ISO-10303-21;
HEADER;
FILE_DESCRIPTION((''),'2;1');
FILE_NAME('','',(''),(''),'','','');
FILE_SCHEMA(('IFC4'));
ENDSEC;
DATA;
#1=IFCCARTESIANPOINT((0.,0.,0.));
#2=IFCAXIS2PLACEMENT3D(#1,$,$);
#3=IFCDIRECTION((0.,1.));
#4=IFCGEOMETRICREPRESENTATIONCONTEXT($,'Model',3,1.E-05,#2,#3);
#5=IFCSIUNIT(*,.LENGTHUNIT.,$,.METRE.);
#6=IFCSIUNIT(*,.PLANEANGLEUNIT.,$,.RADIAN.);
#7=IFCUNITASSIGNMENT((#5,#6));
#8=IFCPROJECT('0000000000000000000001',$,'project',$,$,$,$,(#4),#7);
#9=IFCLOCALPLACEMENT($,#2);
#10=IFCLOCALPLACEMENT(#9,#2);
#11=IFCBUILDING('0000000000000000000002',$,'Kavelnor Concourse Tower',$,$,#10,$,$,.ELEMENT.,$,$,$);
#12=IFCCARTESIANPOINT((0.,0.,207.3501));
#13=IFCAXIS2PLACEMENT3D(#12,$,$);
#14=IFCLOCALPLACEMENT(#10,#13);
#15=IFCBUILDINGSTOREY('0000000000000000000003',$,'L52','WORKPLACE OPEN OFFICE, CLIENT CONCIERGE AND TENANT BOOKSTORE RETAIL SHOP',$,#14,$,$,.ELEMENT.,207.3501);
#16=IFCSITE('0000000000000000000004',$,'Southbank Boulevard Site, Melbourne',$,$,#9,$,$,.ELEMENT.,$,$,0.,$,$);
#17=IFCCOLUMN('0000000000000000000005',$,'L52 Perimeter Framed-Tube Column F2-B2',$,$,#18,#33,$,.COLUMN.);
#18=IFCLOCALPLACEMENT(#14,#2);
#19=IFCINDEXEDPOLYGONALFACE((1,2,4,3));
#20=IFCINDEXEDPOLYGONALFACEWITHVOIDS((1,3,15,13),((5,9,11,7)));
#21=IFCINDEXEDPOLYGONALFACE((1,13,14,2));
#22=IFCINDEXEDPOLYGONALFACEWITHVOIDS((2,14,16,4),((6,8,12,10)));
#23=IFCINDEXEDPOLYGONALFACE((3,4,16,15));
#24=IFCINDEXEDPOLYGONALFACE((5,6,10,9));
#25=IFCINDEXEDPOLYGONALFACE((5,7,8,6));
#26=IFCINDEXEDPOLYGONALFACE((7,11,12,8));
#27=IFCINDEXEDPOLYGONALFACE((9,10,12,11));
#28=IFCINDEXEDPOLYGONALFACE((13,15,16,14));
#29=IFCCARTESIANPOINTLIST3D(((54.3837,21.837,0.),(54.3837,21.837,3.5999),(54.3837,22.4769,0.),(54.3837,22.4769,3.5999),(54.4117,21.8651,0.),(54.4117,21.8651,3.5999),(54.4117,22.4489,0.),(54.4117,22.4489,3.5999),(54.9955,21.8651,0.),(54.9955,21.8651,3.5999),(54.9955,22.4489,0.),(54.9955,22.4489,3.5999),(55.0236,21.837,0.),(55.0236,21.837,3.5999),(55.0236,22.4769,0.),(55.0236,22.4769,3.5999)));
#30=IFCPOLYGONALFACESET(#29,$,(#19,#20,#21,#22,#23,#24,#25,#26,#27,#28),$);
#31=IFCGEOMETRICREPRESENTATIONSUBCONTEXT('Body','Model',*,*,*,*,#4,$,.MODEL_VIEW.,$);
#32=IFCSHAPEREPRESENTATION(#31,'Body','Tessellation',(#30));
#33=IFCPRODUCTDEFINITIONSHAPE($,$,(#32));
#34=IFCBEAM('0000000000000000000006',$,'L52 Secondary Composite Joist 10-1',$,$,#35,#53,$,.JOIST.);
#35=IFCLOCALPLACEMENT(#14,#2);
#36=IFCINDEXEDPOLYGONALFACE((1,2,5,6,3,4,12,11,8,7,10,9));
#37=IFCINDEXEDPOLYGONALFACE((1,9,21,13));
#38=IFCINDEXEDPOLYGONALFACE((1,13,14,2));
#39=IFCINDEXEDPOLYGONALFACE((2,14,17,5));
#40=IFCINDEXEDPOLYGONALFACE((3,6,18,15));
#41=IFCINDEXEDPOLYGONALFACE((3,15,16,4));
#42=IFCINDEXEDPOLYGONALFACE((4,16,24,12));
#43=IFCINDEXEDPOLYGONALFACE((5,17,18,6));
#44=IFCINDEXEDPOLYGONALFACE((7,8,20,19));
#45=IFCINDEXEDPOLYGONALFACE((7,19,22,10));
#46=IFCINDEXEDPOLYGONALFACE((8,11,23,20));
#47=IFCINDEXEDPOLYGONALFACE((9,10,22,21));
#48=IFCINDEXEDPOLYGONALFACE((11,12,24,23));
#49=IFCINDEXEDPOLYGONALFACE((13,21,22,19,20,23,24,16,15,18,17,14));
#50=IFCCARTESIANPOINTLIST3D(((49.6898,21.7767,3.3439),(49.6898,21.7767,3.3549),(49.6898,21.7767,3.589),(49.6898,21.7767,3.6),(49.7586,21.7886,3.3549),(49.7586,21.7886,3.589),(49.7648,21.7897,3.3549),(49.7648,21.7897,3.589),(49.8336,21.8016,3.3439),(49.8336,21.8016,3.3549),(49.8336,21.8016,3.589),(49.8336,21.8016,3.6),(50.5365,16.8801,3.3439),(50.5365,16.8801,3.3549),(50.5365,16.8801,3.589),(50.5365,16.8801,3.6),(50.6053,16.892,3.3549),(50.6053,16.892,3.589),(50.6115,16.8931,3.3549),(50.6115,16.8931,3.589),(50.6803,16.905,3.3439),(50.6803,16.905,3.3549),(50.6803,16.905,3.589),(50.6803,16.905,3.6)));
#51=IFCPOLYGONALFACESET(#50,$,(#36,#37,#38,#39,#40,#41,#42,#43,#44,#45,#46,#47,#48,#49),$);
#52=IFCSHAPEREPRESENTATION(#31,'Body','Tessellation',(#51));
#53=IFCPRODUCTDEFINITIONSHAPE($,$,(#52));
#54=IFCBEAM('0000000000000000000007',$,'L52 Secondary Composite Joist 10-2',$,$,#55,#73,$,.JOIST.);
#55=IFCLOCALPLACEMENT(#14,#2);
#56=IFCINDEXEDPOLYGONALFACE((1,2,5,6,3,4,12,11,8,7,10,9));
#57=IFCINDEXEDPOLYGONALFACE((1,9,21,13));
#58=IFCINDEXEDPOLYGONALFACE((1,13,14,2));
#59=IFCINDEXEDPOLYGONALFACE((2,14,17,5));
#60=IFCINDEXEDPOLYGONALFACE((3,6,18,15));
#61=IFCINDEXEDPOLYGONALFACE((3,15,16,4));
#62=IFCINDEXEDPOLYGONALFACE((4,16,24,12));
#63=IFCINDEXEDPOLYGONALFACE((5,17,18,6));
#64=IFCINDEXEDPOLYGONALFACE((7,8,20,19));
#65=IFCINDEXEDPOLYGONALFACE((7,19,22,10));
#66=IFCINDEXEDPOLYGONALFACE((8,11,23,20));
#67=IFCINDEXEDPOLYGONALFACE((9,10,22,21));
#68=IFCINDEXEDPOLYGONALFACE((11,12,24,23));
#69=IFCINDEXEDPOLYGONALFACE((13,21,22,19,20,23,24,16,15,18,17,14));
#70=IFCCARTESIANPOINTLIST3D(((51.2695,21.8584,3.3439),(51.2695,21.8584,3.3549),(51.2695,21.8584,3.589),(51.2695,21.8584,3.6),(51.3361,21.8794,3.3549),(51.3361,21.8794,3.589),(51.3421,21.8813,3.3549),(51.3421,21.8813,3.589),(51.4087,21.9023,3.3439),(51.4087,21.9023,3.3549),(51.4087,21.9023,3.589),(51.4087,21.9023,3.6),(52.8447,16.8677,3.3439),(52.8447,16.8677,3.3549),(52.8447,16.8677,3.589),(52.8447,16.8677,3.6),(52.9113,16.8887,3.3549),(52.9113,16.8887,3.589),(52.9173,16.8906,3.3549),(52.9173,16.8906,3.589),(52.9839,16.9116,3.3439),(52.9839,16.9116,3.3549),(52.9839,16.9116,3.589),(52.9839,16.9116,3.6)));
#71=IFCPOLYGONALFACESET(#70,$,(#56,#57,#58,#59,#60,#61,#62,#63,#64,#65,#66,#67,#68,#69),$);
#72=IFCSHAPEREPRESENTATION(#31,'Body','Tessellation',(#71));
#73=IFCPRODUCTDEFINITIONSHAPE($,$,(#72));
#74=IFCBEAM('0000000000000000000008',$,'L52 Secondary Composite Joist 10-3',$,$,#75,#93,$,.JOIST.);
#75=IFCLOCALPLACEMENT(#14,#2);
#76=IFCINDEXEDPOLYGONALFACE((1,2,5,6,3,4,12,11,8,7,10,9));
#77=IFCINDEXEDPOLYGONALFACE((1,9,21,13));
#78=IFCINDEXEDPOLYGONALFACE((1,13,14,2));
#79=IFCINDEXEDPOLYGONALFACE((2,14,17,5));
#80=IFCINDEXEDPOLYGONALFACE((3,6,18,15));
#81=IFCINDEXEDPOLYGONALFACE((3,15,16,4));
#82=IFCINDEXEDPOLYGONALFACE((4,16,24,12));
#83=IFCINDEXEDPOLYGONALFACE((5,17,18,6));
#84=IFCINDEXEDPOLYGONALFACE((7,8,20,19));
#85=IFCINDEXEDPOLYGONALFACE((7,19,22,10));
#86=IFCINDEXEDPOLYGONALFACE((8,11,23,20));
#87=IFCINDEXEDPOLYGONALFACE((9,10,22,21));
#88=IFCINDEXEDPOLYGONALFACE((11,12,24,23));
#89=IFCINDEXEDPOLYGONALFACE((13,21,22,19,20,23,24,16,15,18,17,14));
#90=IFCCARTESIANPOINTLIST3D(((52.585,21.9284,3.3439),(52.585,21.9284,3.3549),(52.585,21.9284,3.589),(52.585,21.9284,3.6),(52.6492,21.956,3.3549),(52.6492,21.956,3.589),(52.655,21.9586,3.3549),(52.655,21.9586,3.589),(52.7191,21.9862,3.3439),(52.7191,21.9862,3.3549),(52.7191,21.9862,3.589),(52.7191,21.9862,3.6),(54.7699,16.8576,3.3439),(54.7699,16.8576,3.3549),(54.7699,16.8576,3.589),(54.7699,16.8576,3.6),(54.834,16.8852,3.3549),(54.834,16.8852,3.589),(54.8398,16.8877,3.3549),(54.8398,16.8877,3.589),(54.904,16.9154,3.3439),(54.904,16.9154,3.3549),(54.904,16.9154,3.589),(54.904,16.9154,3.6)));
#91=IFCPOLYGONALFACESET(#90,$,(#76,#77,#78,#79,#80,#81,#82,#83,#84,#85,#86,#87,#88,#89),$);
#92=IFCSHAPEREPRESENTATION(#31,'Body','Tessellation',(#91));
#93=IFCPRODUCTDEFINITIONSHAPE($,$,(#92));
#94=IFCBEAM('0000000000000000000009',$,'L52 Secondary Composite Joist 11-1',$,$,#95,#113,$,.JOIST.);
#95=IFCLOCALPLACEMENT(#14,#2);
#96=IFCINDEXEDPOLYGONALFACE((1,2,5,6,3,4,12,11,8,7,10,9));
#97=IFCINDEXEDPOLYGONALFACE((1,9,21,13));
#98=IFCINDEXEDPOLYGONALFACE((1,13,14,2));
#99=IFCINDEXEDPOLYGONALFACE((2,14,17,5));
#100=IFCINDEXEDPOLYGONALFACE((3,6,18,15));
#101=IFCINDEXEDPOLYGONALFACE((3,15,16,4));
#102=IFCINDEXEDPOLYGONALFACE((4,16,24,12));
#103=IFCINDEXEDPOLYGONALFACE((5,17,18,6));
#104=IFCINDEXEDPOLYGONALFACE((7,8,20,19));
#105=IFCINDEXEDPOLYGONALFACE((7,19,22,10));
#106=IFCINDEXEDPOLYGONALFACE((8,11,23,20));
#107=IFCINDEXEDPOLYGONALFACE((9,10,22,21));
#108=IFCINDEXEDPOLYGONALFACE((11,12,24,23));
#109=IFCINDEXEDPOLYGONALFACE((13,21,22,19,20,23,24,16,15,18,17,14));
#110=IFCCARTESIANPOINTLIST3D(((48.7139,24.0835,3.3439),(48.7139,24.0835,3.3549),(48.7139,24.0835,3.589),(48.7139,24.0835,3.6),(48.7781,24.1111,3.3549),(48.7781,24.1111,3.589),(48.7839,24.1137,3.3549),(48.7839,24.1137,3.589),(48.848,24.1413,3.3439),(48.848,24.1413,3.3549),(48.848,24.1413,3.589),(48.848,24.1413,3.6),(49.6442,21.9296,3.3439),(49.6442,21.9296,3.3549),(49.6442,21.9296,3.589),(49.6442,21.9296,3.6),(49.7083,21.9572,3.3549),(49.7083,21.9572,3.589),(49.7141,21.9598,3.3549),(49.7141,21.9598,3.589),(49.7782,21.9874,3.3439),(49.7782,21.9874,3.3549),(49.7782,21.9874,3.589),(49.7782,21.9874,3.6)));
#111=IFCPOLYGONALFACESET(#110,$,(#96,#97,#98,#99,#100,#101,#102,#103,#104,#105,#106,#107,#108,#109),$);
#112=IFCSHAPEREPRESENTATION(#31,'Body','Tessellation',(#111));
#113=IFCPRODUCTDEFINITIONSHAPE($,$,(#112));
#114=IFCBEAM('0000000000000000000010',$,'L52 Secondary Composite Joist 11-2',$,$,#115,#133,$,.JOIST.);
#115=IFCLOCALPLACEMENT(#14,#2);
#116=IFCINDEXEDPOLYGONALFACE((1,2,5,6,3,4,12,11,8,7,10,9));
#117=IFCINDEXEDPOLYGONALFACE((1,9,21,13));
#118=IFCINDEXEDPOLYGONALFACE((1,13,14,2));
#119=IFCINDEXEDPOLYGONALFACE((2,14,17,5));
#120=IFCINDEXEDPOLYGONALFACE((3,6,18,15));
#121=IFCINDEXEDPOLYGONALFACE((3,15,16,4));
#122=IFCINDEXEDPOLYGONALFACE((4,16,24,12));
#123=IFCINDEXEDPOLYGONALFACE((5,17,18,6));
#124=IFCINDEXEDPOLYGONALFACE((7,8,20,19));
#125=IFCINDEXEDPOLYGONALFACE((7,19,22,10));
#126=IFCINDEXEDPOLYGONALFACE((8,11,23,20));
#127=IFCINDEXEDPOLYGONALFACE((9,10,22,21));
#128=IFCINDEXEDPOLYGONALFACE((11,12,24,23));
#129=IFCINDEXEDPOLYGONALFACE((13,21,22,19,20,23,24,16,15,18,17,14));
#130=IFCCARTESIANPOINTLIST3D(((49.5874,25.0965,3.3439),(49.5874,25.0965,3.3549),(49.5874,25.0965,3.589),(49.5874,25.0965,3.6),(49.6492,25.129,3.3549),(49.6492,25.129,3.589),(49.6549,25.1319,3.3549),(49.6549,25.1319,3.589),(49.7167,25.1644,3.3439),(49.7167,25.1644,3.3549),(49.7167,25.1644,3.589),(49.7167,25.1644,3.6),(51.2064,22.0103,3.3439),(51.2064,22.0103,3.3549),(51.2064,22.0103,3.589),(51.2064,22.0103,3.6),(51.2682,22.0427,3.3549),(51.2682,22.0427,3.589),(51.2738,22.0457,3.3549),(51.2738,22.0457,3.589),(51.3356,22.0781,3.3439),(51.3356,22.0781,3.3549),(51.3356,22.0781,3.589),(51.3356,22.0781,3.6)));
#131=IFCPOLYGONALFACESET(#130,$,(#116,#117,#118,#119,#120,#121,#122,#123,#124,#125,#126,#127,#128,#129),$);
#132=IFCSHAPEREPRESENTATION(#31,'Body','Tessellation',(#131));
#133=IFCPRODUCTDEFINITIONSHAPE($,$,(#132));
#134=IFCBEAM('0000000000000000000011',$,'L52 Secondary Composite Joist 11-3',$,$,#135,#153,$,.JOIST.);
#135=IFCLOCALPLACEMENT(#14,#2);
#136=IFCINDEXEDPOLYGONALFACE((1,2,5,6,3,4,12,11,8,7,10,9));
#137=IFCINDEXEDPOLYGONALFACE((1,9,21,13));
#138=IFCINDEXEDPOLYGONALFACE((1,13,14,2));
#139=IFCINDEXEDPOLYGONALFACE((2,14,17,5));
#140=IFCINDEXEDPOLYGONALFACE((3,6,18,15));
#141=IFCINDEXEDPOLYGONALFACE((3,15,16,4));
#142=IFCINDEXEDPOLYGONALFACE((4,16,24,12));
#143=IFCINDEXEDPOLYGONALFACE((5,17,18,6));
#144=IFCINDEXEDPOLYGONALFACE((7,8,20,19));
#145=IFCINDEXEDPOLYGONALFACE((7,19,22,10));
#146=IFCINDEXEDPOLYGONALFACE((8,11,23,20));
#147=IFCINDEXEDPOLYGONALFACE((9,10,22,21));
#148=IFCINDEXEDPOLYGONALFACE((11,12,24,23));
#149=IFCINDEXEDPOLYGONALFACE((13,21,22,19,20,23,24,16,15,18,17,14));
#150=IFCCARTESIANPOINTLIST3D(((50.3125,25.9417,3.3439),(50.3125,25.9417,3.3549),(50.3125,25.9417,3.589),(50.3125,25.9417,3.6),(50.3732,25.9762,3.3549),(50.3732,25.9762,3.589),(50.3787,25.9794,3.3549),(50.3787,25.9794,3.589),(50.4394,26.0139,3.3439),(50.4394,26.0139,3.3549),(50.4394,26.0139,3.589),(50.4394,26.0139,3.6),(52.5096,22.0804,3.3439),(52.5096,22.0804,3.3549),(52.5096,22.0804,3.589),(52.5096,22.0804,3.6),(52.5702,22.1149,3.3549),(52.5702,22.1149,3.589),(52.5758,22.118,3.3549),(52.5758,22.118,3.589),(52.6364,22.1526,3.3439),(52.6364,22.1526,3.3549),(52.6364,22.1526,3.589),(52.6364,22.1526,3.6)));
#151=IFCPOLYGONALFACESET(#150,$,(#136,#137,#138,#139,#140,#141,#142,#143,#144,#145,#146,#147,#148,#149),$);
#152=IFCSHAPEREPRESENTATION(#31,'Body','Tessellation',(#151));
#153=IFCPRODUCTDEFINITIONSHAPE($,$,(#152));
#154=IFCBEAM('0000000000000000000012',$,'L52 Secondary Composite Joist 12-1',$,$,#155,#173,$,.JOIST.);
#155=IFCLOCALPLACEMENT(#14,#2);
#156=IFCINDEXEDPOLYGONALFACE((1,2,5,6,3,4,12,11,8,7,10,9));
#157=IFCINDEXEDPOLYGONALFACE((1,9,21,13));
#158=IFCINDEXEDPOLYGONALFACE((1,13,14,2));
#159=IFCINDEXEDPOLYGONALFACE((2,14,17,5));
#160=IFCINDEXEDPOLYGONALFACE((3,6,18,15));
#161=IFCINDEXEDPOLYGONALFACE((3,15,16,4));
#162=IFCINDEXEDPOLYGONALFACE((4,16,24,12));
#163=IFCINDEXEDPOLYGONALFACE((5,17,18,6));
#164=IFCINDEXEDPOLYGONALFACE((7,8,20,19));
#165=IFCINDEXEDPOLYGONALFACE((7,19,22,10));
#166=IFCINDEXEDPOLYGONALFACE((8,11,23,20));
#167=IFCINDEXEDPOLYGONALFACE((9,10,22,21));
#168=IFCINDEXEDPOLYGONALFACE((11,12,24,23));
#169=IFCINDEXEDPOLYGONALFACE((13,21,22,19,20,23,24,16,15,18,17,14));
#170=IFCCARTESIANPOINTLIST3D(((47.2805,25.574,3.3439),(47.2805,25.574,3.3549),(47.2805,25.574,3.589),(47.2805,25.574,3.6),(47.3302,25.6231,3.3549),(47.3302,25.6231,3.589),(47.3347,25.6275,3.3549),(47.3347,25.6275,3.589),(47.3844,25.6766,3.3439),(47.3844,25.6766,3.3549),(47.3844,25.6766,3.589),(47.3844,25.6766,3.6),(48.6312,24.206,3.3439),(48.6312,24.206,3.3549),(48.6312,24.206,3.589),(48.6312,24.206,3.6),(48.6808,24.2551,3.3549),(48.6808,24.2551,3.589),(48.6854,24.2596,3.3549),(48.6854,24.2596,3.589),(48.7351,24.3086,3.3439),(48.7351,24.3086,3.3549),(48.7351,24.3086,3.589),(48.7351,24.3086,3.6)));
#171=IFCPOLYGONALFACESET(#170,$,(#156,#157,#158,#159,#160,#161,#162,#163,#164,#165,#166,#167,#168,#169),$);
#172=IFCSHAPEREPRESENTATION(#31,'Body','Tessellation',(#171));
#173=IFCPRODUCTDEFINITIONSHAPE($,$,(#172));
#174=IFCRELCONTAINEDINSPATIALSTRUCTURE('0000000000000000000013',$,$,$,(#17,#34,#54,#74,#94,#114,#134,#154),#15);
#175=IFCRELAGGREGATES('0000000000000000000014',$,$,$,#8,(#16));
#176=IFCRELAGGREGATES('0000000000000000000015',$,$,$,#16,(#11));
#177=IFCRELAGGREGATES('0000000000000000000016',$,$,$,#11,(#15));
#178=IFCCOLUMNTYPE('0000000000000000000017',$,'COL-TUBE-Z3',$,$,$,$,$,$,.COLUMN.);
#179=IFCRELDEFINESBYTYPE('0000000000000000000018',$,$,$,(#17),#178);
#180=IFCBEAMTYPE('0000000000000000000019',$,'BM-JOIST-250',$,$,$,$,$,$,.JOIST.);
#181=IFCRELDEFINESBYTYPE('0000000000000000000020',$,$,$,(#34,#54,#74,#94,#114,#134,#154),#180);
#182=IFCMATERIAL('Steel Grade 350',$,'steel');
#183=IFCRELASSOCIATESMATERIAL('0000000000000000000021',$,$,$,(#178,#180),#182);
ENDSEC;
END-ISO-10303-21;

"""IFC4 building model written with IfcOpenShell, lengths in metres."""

from ifc_helpers import new_model, si_unit, direction, frame, origin, origin_2d, place, context, subcontext, project, spatial, hollow_rectangle, i_section, extrude, material, material_profile, profile_set, type_object, element, save


model = new_model("IFC4")

# Units and contexts
model_context = context("Model", 3, precision=1e-05, world=origin(), true_north=direction((0.0, 1.0)))
body_context = subcontext(model_context, "Body", "Model", "MODEL_VIEW")
ifc_project = project(units=[si_unit("LENGTHUNIT", "METRE"), si_unit("PLANEANGLEUNIT", "RADIAN")], contexts=[model_context])

# Site, building, storey
site_placement = place(None, origin())
site = spatial("IfcSite", under=ifc_project, at=site_placement, Name="Southbank Boulevard Site, Melbourne", CompositionType="ELEMENT", RefElevation=0.0)
building_placement = place(site_placement, origin())
building = spatial("IfcBuilding", under=site, at=building_placement, Name="Kavelnor Concourse Tower", CompositionType="ELEMENT")
storey_placement = place(building_placement, frame((0.0, 0.0, 207.3501)))
storey = spatial("IfcBuildingStorey", under=building, at=storey_placement, Name="L52", Description="WORKPLACE OPEN OFFICE, CLIENT CONCIERGE AND TENANT BOOKSTORE RETAIL SHOP", CompositionType="ELEMENT", Elevation=207.3501)

# Column
ifc_material_1 = material(Name="Steel Grade 350", Category="steel")
ifc_material_profile_1 = material_profile(ifc_material_1, hollow_rectangle(XDim=0.6399, YDim=0.6399, WallThickness=0.0281, at=origin_2d()), Name="SHS 640x640x28")
ifc_profile_set_1 = profile_set([ifc_material_profile_1], Name="Steel Grade 350")
column_type = type_object("IfcColumnType", Name="COL-TUBE-Z3", PredefinedType="COLUMN", material=ifc_profile_set_1)
column_placement = place(storey_placement, frame((54.7036, 22.157, 0.0), z_axis=(0.0, 0.0, 1.0), x_axis=(1.0, 0.0, 0.0)))
element("IfcColumn", 1, at=column_placement, inside=storey, type_object=column_type, Name="L52 Perimeter Framed-Tube Column F2-B2", PredefinedType="COLUMN", context=body_context, shape_type="SweptSolid", body=[
    extrude(hollow_rectangle(XDim=0.6399, YDim=0.6399, WallThickness=0.0281, at=origin_2d()), origin(), (0.0, 0.0, 1.0), 3.5999),
])

# Beams
ifc_material_profile_2 = material_profile(ifc_material_1, i_section(OverallWidth=0.146, OverallDepth=0.2561, WebThickness=0.0063, FlangeThickness=0.011, at=origin_2d()), Name="250UB37")
ifc_profile_set_2 = profile_set([ifc_material_profile_2], Name="Steel Grade 350")
beam_type_1 = type_object("IfcBeamType", Name="BM-JOIST-250", PredefinedType="JOIST", material=ifc_profile_set_2)
beam_1_placement = place(storey_placement, frame((50.6084, 16.8926, 3.4719), z_axis=(-0.170387, 0.985377, 0.0), x_axis=(-0.985377, -0.170387, 0.0)))
element("IfcBeam", 2, at=beam_1_placement, inside=storey, type_object=beam_type_1, Name="L52 Secondary Composite Joist 10-1", PredefinedType="JOIST", context=body_context, shape_type="SweptSolid", body=[
    extrude(i_section(OverallWidth=0.146, OverallDepth=0.2561, WebThickness=0.0063, FlangeThickness=0.011, at=origin_2d()), origin(), (0.0, 0.0, 1.0), 4.9692),
])
beam_2_placement = place(storey_placement, frame((52.9143, 16.8896, 3.4719), z_axis=(-0.300988, 0.953628, 0.0), x_axis=(-0.953628, -0.300988, 0.0)))
element("IfcBeam", 3, at=beam_2_placement, inside=storey, type_object=beam_type_1, Name="L52 Secondary Composite Joist 10-2", PredefinedType="JOIST", context=body_context, shape_type="SweptSolid", body=[
    extrude(i_section(OverallWidth=0.146, OverallDepth=0.2561, WebThickness=0.0063, FlangeThickness=0.011, at=origin_2d()), origin(), (0.0, 0.0, 1.0), 5.2334),
])
beam_3_placement = place(storey_placement, frame((54.8369, 16.8865, 3.4719), z_axis=(-0.395696, 0.918382, 0.0), x_axis=(-0.918382, -0.395696, 0.0)))
element("IfcBeam", 4, at=beam_3_placement, inside=storey, type_object=beam_type_1, Name="L52 Secondary Composite Joist 10-3", PredefinedType="JOIST", context=body_context, shape_type="SweptSolid", body=[
    extrude(i_section(OverallWidth=0.146, OverallDepth=0.2561, WebThickness=0.0063, FlangeThickness=0.011, at=origin_2d()), origin(), (0.0, 0.0, 1.0), 5.5215),
])
beam_4_placement = place(storey_placement, frame((49.7112, 21.9585, 3.4719), z_axis=(-0.39648, 0.918043, 0.0), x_axis=(-0.918043, -0.39648, 0.0)))
element("IfcBeam", 5, at=beam_4_placement, inside=storey, type_object=beam_type_1, Name="L52 Secondary Composite Joist 11-1", PredefinedType="JOIST", context=body_context, shape_type="SweptSolid", body=[
    extrude(i_section(OverallWidth=0.146, OverallDepth=0.2561, WebThickness=0.0063, FlangeThickness=0.011, at=origin_2d()), origin(), (0.0, 0.0, 1.0), 2.3462),
])
beam_5_placement = place(storey_placement, frame((51.271, 22.0442, 3.4719), z_axis=(-0.46453, 0.885557, 0.0), x_axis=(-0.885557, -0.46453, 0.0)))
element("IfcBeam", 6, at=beam_5_placement, inside=storey, type_object=beam_type_1, Name="L52 Secondary Composite Joist 11-2", PredefinedType="JOIST", context=body_context, shape_type="SweptSolid", body=[
    extrude(i_section(OverallWidth=0.146, OverallDepth=0.2561, WebThickness=0.0063, FlangeThickness=0.011, at=origin_2d()), origin(), (0.0, 0.0, 1.0), 3.4851),
])
beam_6_placement = place(storey_placement, frame((52.573, 22.1165, 3.4719), z_axis=(-0.494534, 0.869158, 0.0), x_axis=(-0.869158, -0.494534, 0.0)))
element("IfcBeam", 7, at=beam_6_placement, inside=storey, type_object=beam_type_1, Name="L52 Secondary Composite Joist 11-3", PredefinedType="JOIST", context=body_context, shape_type="SweptSolid", body=[
    extrude(i_section(OverallWidth=0.146, OverallDepth=0.2561, WebThickness=0.0063, FlangeThickness=0.011, at=origin_2d()), origin(), (0.0, 0.0, 1.0), 4.4426),
])
beam_7_placement = place(storey_placement, frame((48.6831, 24.2573, 3.4719), z_axis=(-0.702584, 0.711601, 0.0), x_axis=(-0.711601, -0.702584, 0.0)))
element("IfcBeam", 8, at=beam_7_placement, inside=storey, type_object=beam_type_1, Name="L52 Secondary Composite Joist 12-1", PredefinedType="JOIST", context=body_context, shape_type="SweptSolid", body=[
    extrude(i_section(OverallWidth=0.146, OverallDepth=0.2561, WebThickness=0.0063, FlangeThickness=0.011, at=origin_2d()), origin(), (0.0, 0.0, 1.0), 1.9224),
])

save(model, "model.ifc")
